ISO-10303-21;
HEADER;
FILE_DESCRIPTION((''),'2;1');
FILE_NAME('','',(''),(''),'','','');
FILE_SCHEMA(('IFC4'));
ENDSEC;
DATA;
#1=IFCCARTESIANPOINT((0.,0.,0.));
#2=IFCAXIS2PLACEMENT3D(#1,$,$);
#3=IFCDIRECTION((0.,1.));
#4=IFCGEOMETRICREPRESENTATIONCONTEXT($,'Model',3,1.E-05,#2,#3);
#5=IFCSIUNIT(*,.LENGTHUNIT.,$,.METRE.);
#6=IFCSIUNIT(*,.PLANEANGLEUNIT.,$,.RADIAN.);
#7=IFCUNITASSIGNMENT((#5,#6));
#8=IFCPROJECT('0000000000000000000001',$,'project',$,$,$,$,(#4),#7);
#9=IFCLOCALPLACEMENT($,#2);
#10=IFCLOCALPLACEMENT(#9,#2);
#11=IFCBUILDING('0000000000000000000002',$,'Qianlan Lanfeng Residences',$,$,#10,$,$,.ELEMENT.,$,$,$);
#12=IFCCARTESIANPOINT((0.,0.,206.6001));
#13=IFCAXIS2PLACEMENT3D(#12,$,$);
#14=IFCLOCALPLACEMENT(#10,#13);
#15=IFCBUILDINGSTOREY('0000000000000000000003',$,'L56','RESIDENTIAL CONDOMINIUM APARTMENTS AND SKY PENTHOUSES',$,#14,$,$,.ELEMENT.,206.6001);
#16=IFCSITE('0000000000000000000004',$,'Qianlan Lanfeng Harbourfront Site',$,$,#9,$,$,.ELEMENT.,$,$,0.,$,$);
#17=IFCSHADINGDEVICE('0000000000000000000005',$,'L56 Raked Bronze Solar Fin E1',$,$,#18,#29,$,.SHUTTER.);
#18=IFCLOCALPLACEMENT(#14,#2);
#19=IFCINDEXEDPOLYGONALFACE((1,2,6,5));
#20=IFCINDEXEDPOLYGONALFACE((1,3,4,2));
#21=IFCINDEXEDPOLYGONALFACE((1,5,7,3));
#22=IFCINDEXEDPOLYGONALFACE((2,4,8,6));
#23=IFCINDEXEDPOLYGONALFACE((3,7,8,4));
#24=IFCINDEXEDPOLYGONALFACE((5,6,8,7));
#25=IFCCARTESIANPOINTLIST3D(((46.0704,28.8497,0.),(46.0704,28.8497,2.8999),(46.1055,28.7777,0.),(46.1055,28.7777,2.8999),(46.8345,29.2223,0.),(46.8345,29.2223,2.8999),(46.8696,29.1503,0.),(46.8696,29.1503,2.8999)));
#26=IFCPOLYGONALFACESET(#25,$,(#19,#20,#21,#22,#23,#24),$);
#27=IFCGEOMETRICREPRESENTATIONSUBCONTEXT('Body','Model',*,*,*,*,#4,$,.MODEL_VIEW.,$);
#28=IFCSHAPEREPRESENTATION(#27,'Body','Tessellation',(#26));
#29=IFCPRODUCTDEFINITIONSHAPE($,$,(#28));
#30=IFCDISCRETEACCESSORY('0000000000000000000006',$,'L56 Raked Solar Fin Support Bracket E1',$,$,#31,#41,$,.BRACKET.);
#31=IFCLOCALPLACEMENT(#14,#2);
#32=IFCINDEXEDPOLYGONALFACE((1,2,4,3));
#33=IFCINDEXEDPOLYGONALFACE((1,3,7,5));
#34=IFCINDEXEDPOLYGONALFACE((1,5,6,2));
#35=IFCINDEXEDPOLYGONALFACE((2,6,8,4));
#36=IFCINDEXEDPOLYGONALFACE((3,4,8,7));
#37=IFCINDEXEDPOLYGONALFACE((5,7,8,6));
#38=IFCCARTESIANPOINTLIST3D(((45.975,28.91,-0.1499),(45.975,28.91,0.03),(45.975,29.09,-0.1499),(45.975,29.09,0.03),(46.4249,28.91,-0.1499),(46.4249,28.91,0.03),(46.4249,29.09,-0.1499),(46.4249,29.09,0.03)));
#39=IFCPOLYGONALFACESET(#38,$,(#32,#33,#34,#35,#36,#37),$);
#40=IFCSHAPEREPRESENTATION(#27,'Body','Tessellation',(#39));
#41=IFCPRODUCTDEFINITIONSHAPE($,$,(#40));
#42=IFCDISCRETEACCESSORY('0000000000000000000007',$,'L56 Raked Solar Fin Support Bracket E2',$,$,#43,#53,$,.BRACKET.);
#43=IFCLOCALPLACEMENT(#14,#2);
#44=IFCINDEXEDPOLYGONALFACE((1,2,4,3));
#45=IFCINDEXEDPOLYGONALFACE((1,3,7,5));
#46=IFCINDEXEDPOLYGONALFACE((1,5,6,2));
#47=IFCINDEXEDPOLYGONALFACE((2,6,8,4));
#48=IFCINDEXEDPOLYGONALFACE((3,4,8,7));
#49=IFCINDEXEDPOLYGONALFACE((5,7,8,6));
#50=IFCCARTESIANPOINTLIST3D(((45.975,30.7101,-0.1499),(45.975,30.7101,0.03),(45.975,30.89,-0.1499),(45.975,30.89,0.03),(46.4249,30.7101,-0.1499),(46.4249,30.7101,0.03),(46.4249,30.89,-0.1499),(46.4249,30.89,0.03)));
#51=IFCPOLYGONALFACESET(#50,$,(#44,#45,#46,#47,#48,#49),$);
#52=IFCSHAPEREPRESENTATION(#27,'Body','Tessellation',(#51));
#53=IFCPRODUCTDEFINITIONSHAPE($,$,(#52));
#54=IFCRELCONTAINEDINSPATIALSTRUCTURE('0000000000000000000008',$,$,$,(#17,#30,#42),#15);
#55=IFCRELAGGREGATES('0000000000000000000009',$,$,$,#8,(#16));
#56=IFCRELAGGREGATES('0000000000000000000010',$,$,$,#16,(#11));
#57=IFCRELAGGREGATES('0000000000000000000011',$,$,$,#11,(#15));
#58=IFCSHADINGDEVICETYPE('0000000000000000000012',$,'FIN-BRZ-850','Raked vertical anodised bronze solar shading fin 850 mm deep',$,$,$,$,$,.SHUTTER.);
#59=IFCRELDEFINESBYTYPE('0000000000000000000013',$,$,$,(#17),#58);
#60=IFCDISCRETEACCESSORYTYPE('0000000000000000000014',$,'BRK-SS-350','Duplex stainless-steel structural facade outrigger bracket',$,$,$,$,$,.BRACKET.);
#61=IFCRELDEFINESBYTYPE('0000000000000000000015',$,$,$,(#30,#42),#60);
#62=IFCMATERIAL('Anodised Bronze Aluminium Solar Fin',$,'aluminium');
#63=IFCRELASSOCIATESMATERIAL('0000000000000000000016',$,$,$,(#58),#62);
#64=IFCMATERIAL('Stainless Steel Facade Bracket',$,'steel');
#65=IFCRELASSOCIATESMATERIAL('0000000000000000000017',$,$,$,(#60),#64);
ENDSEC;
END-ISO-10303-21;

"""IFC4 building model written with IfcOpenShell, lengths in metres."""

from ifc_helpers import new_model, si_unit, direction, frame, origin, origin_2d, place, context, subcontext, project, spatial, rectangle, extrude, source, transform, mapped, material, type_object, element, save


model = new_model("IFC4")

# Units and contexts
model_context = context("Model", 3, precision=1e-05, world=origin(), true_north=direction((0.0, 1.0)))
body_context = subcontext(model_context, "Body", "Model", "MODEL_VIEW")
ifc_project = project(units=[si_unit("LENGTHUNIT", "METRE"), si_unit("PLANEANGLEUNIT", "RADIAN")], contexts=[model_context])

# Site, building, storey
site_placement = place(None, origin())
site = spatial("IfcSite", under=ifc_project, at=site_placement, Name="Qianlan Lanfeng Harbourfront Site", CompositionType="ELEMENT", RefElevation=0.0)
building_placement = place(site_placement, origin())
building = spatial("IfcBuilding", under=site, at=building_placement, Name="Qianlan Lanfeng Residences", CompositionType="ELEMENT")
storey_placement = place(building_placement, frame((0.0, 0.0, 206.6001)))
storey = spatial("IfcBuildingStorey", under=building, at=storey_placement, Name="L56", Description="RESIDENTIAL CONDOMINIUM APARTMENTS AND SKY PENTHOUSES", CompositionType="ELEMENT", Elevation=206.6001)

# Shading device
ifc_material_1 = material(Name="Anodised Bronze Aluminium Solar Fin", Category="aluminium")
shading_device_type = type_object("IfcShadingDeviceType", Name="FIN-BRZ-850", Description="Raked vertical anodised bronze solar shading fin 850 mm deep", PredefinedType="SHUTTER", material=ifc_material_1)
shared_shape_1 = source(origin(), body_context, "Body", "SweptSolid", [
    extrude(rectangle(XDim=0.8501, YDim=0.0801, at=origin_2d()), origin(), (0.0, 0.0, 1.0), 2.8999),
])
shading_device_placement = place(storey_placement, frame((46.47, 29.0, 0.0), z_axis=(0.0, 0.0, 1.0), x_axis=(0.898794, 0.438371, 0.0)))
element("IfcShadingDevice", 1, at=shading_device_placement, inside=storey, type_object=shading_device_type, Name="L56 Raked Bronze Solar Fin E1", PredefinedType="SHUTTER", context=body_context, shape_type="MappedRepresentation", body=[
    mapped(shared_shape_1, transform((0.0, 0.0, 0.0), scale=1.0)),
])

# Discrete accessories
ifc_material_2 = material(Name="Stainless Steel Facade Bracket", Category="steel")
discrete_accessory_type = type_object("IfcDiscreteAccessoryType", Name="BRK-SS-350", Description="Duplex stainless-steel structural facade outrigger bracket", PredefinedType="BRACKET", material=ifc_material_2)
shared_shape_2 = source(origin(), body_context, "Body", "SweptSolid", [
    extrude(rectangle(XDim=0.45, YDim=0.1799, at=origin_2d()), origin(), (0.0, 0.0, 1.0), 0.1799),
])
for number, where, z_axis, x_axis, name in (
    (2, (46.2, 29.0, -0.1499), (0.0, 0.0, 1.0), (1.0, 0.0, 0.0), "L56 Raked Solar Fin Support Bracket E1"),
    (3, (46.2, 30.8, -0.1499), (0.0, 0.0, 1.0), (1.0, 0.0, 0.0), "L56 Raked Solar Fin Support Bracket E2"),
):
    element("IfcDiscreteAccessory", number, at=place(storey_placement, frame(where, z_axis=z_axis, x_axis=x_axis)), inside=storey, type_object=discrete_accessory_type, Name=name, PredefinedType="BRACKET", context=body_context, shape_type="MappedRepresentation", body=[
        mapped(shared_shape_2, transform((0.0, 0.0, 0.0), scale=1.0)),
    ])

save(model, "model.ifc")
